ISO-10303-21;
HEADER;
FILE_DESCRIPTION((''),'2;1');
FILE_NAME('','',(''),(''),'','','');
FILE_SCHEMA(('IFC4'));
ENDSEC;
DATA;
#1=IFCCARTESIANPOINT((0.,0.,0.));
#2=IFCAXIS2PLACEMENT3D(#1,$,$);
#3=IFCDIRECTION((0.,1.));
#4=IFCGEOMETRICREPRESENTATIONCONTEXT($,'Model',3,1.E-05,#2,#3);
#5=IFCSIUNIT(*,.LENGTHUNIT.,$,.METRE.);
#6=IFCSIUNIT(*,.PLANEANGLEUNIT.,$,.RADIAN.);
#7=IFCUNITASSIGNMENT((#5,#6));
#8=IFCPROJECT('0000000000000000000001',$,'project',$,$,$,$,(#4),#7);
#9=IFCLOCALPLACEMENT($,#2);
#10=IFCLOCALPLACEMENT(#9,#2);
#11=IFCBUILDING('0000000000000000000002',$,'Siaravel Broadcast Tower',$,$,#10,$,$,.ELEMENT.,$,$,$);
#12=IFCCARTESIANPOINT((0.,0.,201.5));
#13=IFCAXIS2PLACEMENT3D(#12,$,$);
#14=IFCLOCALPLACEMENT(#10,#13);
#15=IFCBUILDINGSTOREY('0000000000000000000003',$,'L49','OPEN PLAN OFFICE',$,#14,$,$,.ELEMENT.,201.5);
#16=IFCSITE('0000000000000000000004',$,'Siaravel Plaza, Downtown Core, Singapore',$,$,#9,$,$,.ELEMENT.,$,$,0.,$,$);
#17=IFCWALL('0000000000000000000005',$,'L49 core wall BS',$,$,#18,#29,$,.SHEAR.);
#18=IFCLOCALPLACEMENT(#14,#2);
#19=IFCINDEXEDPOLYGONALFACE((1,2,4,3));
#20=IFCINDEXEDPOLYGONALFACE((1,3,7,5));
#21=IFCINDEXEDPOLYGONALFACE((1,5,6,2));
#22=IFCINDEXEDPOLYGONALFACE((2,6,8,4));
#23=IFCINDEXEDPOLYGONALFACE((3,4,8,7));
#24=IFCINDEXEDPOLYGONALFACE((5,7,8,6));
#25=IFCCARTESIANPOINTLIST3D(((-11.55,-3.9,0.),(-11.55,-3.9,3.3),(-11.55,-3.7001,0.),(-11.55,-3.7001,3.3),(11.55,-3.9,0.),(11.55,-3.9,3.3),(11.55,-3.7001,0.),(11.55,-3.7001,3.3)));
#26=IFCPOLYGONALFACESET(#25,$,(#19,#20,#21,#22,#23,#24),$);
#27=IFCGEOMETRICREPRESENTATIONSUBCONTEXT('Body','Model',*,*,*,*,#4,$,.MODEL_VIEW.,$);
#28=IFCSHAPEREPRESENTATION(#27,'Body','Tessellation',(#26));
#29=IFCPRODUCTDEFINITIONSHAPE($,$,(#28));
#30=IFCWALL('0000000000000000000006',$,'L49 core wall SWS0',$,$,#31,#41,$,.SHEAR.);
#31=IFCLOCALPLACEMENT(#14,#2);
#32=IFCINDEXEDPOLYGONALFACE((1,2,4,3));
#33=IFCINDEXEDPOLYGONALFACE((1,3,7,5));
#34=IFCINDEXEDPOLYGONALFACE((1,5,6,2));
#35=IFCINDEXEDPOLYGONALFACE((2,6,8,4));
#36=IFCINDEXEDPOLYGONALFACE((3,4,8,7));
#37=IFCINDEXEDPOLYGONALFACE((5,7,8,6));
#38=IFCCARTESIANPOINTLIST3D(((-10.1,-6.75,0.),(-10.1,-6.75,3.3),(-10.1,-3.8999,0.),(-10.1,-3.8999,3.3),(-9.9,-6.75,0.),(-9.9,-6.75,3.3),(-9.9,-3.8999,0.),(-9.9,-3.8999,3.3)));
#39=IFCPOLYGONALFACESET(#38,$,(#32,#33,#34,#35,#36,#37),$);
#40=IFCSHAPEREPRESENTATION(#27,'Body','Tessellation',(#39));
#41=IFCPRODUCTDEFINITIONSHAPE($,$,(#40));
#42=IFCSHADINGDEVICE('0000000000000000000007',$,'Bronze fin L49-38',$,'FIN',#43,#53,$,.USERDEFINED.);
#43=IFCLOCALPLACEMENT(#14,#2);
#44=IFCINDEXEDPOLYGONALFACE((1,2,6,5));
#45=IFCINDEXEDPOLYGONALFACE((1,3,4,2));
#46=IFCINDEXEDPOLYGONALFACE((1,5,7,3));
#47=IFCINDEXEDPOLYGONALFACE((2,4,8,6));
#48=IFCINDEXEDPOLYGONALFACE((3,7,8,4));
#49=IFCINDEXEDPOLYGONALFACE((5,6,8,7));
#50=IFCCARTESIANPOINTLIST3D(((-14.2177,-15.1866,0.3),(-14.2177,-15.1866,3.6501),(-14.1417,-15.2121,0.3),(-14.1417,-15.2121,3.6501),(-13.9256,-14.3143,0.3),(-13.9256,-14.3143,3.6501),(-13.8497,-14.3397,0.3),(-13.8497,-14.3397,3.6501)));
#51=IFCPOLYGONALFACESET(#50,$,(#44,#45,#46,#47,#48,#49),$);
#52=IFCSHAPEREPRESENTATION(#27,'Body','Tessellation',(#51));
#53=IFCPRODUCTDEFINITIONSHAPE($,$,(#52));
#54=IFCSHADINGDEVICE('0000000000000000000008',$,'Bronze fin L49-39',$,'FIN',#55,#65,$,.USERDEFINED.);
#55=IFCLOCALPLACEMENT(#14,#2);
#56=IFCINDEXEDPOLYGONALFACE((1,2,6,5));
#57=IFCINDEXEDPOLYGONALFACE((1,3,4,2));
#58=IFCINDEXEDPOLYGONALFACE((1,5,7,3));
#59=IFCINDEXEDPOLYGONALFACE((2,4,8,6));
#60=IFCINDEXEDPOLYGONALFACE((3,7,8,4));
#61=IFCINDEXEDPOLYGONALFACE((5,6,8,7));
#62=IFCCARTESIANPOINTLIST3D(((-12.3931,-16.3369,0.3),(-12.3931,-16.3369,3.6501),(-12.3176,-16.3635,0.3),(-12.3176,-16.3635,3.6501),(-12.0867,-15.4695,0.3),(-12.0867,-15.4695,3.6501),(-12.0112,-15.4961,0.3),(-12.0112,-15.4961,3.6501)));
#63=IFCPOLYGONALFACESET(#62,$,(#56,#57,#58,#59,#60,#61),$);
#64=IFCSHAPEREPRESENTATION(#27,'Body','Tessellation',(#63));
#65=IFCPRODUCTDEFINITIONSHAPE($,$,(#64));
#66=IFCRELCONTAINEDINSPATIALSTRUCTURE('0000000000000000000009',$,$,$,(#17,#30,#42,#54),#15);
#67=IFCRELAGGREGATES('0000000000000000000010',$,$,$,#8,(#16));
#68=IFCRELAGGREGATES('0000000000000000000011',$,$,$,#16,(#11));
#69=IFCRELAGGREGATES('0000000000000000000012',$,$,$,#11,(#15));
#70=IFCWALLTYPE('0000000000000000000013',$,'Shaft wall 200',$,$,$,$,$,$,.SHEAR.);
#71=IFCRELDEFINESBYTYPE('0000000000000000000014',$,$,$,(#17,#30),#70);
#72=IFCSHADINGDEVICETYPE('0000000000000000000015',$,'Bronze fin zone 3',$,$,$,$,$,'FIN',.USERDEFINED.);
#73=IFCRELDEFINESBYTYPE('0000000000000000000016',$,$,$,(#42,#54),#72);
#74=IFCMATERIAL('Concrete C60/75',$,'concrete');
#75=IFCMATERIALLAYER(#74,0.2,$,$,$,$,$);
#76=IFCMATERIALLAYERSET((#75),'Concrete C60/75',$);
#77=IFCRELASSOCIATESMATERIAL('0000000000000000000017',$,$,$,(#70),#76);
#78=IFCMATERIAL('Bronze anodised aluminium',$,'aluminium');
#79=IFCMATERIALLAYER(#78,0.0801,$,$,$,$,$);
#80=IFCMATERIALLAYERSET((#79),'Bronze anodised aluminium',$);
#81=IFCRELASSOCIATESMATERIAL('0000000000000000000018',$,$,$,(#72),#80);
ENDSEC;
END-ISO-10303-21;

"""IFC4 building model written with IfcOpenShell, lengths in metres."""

from ifc_helpers import new_model, si_unit, direction, frame, frame_2d, origin, origin_2d, place, context, subcontext, project, spatial, rectangle, extrude, material, layer, layer_set, type_object, element, save


model = new_model("IFC4")

# Units and contexts
model_context = context("Model", 3, precision=1e-05, world=origin(), true_north=direction((0.0, 1.0)))
body_context = subcontext(model_context, "Body", "Model", "MODEL_VIEW")
ifc_project = project(units=[si_unit("LENGTHUNIT", "METRE"), si_unit("PLANEANGLEUNIT", "RADIAN")], contexts=[model_context])

# Site, building, storey
site_placement = place(None, origin())
site = spatial("IfcSite", under=ifc_project, at=site_placement, Name="Siaravel Plaza, Downtown Core, Singapore", CompositionType="ELEMENT", RefElevation=0.0)
building_placement = place(site_placement, origin())
building = spatial("IfcBuilding", under=site, at=building_placement, Name="Siaravel Broadcast Tower", CompositionType="ELEMENT")
storey_placement = place(building_placement, frame((0.0, 0.0, 201.5)))
storey = spatial("IfcBuildingStorey", under=building, at=storey_placement, Name="L49", Description="OPEN PLAN OFFICE", CompositionType="ELEMENT", Elevation=201.5)

# Shared definitions
ifc_material_1 = material(Name="Concrete C60/75", Category="concrete")

# Walls
ifc_layer_1 = layer(ifc_material_1, 0.2)
ifc_layer_set_1 = layer_set([ifc_layer_1], Name="Concrete C60/75")
wall_type_1 = type_object("IfcWallType", Name="Shaft wall 200", PredefinedType="SHEAR", material=ifc_layer_set_1)
wall_1_placement = place(storey_placement, frame((-11.55, -3.8, 0.0), z_axis=(0.0, 0.0, 1.0), x_axis=(1.0, 0.0, 0.0)))
element("IfcWall", 1, at=wall_1_placement, inside=storey, type_object=wall_type_1, Name="L49 core wall BS", PredefinedType="SHEAR", context=body_context, shape_type="SweptSolid", body=[
    extrude(rectangle(XDim=23.1001, YDim=0.2, at=frame_2d((11.55, 0.0))), origin(), (0.0, 0.0, 1.0), 3.3),
])
wall_2_placement = place(storey_placement, frame((-10.0, -6.75, 0.0), z_axis=(0.0, 0.0, 1.0), x_axis=(0.0, 1.0, 0.0)))
element("IfcWall", 2, at=wall_2_placement, inside=storey, type_object=wall_type_1, Name="L49 core wall SWS0", PredefinedType="SHEAR", context=body_context, shape_type="SweptSolid", body=[
    extrude(rectangle(XDim=2.8501, YDim=0.2, at=frame_2d((1.425, 0.0))), origin(), (0.0, 0.0, 1.0), 3.3),
])

# Shading devices
ifc_material_2 = material(Name="Bronze anodised aluminium", Category="aluminium")
ifc_layer_2 = layer(ifc_material_2, 0.0801)
ifc_layer_set_2 = layer_set([ifc_layer_2], Name="Bronze anodised aluminium")
shading_device_type = type_object("IfcShadingDeviceType", Name="Bronze fin zone 3", ElementType="FIN", PredefinedType="USERDEFINED", material=ifc_layer_set_2)
for number, where, z_axis, x_axis, name in (
    (3, (-14.0337, -14.7632, 0.3), (0.0, 0.0, 1.0), (-0.317475, -0.948267, 0.0), "Bronze fin L49-38"),
    (4, (-12.2021, -15.9165, 0.3), (0.0, 0.0, 1.0), (-0.333066, -0.942903, 0.0), "Bronze fin L49-39"),
):
    element("IfcShadingDevice", number, at=place(storey_placement, frame(where, z_axis=z_axis, x_axis=x_axis)), inside=storey, type_object=shading_device_type, Name=name, ObjectType="FIN", PredefinedType="USERDEFINED", context=body_context, shape_type="SweptSolid", body=[
        extrude(rectangle(XDim=0.9199, YDim=0.0801, at=origin_2d()), origin(), (0.0, 0.0, 1.0), 3.3501),
    ])

save(model, "model.ifc")
